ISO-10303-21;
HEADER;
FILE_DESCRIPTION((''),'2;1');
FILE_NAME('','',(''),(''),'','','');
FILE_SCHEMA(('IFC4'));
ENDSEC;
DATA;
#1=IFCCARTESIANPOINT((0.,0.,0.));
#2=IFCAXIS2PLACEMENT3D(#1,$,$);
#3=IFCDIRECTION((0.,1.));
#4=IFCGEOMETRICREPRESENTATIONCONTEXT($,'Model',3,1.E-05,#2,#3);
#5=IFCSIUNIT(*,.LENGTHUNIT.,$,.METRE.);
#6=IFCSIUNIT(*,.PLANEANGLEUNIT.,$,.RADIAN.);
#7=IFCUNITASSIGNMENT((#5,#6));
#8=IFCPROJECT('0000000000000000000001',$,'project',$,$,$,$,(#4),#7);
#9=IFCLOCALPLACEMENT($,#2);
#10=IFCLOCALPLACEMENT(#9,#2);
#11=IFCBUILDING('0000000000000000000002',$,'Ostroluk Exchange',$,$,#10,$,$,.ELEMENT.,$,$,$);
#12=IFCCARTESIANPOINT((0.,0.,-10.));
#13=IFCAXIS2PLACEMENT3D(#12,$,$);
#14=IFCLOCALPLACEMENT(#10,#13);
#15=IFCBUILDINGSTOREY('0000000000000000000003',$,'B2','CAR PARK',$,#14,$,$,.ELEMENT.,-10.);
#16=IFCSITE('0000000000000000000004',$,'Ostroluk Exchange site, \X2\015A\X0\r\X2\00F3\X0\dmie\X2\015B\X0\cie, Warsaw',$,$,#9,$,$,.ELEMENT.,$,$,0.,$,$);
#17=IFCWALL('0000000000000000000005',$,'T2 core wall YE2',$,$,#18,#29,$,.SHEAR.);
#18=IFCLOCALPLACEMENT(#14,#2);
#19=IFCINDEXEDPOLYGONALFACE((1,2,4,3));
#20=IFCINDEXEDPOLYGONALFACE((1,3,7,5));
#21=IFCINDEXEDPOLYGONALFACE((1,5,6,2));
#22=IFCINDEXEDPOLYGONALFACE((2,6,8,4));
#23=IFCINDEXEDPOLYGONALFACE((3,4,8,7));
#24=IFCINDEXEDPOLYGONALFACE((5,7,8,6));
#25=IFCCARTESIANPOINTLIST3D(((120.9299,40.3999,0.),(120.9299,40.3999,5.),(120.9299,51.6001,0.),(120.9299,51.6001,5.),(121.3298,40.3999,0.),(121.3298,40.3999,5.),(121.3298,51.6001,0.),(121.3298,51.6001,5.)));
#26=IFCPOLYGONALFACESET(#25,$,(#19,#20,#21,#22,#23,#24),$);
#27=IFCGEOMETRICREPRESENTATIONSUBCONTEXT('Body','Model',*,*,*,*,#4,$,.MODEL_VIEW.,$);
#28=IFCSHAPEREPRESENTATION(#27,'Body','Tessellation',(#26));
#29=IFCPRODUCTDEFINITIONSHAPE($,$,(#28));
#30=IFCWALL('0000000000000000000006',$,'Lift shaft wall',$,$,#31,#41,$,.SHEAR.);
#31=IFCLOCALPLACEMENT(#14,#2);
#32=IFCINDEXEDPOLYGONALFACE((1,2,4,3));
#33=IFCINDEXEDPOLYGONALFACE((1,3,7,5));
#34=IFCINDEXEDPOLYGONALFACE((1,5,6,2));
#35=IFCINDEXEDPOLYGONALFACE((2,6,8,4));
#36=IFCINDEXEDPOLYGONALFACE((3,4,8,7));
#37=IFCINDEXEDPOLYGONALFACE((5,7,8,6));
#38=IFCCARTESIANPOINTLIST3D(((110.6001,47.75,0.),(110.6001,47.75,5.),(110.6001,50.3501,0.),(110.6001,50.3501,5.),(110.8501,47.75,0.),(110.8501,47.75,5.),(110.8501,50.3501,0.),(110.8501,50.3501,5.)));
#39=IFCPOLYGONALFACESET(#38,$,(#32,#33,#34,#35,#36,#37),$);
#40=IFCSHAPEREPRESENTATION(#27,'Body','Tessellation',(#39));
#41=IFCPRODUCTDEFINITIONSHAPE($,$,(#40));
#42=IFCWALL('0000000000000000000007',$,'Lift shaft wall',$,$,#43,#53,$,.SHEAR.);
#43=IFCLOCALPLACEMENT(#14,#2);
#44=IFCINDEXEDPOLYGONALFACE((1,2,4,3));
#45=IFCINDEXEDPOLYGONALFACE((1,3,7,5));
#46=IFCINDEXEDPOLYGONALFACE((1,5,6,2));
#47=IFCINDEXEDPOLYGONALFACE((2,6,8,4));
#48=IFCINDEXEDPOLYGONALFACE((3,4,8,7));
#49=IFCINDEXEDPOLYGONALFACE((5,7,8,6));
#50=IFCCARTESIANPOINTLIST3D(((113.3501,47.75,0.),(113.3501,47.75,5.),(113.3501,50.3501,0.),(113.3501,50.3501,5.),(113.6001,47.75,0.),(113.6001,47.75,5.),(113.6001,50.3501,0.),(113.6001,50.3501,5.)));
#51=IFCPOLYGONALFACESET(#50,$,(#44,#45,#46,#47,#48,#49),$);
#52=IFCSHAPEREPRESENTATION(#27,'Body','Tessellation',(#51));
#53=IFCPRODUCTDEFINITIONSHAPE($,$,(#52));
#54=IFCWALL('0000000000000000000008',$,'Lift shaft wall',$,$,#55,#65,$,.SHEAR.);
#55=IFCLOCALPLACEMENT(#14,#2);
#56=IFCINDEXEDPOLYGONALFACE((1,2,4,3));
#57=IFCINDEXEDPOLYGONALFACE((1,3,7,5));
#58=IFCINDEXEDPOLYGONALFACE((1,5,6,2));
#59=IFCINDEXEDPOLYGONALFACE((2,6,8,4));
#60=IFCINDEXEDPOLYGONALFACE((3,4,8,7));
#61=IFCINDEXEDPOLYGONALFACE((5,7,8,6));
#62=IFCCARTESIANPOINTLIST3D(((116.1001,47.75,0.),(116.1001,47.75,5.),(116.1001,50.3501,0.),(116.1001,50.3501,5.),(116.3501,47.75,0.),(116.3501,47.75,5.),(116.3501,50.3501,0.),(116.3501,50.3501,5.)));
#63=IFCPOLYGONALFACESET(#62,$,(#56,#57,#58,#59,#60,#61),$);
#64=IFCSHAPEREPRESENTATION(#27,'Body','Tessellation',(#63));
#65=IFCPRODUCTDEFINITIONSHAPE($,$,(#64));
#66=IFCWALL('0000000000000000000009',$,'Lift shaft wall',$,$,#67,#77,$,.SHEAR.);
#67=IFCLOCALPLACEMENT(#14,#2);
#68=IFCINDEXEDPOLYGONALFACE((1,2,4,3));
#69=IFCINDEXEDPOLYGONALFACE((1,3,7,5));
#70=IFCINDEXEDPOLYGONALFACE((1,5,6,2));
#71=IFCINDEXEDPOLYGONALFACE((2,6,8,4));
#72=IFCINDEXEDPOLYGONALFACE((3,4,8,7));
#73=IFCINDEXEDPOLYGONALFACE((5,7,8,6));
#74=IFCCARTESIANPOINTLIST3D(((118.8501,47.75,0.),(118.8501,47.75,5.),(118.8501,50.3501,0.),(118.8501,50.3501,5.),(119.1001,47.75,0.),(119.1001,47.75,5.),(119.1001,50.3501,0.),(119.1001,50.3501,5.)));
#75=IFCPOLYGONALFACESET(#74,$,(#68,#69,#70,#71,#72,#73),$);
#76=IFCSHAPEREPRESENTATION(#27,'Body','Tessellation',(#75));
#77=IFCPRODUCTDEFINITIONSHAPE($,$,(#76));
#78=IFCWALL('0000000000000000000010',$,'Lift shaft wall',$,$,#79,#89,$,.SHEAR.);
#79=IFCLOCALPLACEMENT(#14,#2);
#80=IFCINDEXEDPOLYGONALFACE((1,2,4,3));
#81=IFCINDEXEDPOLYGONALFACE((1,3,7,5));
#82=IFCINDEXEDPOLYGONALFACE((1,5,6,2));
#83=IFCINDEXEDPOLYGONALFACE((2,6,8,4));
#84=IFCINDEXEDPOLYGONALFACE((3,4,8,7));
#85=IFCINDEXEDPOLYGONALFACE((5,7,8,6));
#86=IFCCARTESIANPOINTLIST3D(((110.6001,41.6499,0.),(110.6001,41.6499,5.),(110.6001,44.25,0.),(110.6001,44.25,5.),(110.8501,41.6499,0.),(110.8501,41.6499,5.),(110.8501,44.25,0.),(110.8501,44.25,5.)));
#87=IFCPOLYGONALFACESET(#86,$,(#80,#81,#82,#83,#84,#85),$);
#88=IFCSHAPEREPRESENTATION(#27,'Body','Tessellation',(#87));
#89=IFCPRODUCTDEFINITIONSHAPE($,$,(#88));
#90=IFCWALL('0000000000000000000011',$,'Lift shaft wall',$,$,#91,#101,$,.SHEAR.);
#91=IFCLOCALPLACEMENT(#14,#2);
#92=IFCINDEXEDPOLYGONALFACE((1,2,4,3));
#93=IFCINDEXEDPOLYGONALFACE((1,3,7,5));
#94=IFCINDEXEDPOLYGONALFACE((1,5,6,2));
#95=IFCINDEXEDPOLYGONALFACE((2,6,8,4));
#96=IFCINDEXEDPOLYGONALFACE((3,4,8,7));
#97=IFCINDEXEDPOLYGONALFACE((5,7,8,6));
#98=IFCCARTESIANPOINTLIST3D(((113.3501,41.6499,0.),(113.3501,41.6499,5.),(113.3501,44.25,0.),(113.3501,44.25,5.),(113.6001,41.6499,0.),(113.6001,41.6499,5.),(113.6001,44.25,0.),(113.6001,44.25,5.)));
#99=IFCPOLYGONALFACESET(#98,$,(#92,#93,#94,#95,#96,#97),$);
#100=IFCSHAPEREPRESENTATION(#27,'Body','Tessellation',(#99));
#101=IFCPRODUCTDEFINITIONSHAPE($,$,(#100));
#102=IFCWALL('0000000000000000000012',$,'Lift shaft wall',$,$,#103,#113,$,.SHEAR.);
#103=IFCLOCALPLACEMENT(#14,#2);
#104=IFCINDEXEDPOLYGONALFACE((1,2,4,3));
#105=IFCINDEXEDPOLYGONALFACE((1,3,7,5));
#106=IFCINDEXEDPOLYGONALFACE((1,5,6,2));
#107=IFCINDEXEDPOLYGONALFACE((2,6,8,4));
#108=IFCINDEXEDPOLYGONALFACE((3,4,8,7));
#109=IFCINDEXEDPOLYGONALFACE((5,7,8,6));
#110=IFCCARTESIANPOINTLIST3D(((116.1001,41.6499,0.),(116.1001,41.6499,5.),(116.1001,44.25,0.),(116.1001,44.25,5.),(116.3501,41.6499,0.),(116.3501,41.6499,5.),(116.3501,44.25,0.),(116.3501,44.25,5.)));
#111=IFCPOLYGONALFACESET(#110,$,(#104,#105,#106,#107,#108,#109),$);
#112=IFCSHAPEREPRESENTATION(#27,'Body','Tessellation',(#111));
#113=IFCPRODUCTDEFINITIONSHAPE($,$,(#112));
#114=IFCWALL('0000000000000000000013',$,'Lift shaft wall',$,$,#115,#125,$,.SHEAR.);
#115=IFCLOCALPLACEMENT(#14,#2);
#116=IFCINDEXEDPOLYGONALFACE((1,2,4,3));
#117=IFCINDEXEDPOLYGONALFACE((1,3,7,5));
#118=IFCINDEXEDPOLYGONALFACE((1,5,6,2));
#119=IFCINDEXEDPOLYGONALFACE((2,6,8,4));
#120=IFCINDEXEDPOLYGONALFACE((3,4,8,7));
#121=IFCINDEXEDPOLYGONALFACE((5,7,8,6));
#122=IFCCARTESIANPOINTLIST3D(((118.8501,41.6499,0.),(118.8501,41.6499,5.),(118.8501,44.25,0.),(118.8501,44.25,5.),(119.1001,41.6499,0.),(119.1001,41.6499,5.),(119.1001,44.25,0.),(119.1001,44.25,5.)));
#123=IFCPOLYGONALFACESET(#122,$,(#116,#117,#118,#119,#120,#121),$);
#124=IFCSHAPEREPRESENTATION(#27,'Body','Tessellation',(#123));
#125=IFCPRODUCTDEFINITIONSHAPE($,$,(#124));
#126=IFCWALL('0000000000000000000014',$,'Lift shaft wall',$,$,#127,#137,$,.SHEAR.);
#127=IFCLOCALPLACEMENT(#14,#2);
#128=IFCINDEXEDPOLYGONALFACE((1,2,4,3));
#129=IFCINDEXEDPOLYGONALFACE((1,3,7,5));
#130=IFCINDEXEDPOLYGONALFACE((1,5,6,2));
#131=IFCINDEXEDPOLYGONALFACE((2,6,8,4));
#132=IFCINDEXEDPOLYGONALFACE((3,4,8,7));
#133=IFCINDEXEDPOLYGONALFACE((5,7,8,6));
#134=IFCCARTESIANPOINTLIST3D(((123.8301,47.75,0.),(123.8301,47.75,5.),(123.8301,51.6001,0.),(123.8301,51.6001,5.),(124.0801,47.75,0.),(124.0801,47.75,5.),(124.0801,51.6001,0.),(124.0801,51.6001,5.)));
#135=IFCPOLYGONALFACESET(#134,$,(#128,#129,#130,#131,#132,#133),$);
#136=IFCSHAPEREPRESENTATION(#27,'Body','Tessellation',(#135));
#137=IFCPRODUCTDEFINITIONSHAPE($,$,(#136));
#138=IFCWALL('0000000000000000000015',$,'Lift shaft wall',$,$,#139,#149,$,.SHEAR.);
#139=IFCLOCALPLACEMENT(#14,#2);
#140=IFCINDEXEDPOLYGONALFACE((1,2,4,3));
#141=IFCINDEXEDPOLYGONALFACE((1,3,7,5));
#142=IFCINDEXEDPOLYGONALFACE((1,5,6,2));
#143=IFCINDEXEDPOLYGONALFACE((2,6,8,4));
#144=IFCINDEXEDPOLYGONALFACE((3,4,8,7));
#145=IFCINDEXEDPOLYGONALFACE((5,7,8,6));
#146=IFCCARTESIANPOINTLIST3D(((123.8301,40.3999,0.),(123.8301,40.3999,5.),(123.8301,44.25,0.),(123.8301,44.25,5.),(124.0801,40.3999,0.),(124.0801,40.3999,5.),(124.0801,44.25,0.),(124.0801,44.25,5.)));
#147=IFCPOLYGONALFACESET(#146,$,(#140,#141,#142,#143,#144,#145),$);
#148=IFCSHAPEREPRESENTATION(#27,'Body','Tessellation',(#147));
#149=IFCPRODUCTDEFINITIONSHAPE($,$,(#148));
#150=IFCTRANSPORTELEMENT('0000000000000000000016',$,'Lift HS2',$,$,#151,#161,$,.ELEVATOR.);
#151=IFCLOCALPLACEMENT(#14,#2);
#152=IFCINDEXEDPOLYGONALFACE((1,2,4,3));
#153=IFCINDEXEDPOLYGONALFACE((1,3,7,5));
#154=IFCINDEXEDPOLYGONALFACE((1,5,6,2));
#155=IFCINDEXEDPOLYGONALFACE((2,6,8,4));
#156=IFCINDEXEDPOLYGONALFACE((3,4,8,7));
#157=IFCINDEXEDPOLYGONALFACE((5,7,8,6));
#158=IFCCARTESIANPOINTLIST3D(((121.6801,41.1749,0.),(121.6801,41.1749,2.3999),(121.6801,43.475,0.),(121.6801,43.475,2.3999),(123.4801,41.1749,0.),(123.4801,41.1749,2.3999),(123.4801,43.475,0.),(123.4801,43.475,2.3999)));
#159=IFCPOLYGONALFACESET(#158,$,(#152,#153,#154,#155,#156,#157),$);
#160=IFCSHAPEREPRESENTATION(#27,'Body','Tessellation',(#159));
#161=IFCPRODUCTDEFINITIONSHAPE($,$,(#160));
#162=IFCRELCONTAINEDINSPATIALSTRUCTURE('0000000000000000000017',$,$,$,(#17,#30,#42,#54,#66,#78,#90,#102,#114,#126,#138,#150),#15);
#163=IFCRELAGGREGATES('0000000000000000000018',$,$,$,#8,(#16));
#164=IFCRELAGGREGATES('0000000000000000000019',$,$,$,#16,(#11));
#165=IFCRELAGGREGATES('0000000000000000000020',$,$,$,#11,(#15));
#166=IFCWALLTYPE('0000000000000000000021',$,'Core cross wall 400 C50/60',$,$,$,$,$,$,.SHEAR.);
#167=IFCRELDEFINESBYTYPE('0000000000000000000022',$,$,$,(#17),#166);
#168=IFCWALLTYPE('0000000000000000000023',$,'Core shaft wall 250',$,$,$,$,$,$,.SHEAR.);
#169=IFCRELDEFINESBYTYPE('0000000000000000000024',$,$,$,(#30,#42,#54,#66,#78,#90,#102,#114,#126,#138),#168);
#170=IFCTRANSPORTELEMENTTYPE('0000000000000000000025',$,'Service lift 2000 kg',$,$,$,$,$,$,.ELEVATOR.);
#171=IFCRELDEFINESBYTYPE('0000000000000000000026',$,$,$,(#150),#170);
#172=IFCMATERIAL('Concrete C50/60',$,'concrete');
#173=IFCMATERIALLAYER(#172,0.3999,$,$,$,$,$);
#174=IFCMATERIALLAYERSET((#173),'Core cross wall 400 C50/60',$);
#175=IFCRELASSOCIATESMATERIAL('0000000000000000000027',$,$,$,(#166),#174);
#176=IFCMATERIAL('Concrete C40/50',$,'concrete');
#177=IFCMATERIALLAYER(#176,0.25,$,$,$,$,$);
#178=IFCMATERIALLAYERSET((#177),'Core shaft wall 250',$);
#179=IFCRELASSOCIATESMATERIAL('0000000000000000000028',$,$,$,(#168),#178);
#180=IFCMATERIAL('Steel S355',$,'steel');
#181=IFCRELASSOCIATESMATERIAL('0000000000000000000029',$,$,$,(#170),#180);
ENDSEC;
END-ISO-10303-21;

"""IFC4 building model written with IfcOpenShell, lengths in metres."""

from ifc_helpers import new_model, si_unit, direction, frame, frame_2d, origin, origin_2d, place, context, subcontext, project, spatial, rectangle, extrude, material, layer, layer_set, type_object, element, save


model = new_model("IFC4")

# Units and contexts
model_context = context("Model", 3, precision=1e-05, world=origin(), true_north=direction((0.0, 1.0)))
body_context = subcontext(model_context, "Body", "Model", "MODEL_VIEW")
ifc_project = project(units=[si_unit("LENGTHUNIT", "METRE"), si_unit("PLANEANGLEUNIT", "RADIAN")], contexts=[model_context])

# Site, building, storey
site_placement = place(None, origin())
site = spatial("IfcSite", under=ifc_project, at=site_placement, Name="Ostroluk Exchange site, Śródmieście, Warsaw", CompositionType="ELEMENT", RefElevation=0.0)
building_placement = place(site_placement, origin())
building = spatial("IfcBuilding", under=site, at=building_placement, Name="Ostroluk Exchange", CompositionType="ELEMENT")
storey_placement = place(building_placement, frame((0.0, 0.0, -10.0)))
storey = spatial("IfcBuildingStorey", under=building, at=storey_placement, Name="B2", Description="CAR PARK", CompositionType="ELEMENT", Elevation=-10.0)

# Walls
ifc_material_1 = material(Name="Concrete C50/60", Category="concrete")
ifc_layer_1 = layer(ifc_material_1, 0.3999)
ifc_layer_set_1 = layer_set([ifc_layer_1], Name="Core cross wall 400 C50/60")
wall_type_1 = type_object("IfcWallType", Name="Core cross wall 400 C50/60", PredefinedType="SHEAR", material=ifc_layer_set_1)
wall_1_placement = place(storey_placement, frame((121.1299, 40.3999, 0.0), z_axis=(0.0, 0.0, 1.0), x_axis=(0.0, 1.0, 0.0)))
element("IfcWall", 1, at=wall_1_placement, inside=storey, type_object=wall_type_1, Name="T2 core wall YE2", PredefinedType="SHEAR", context=body_context, shape_type="SweptSolid", body=[
    extrude(rectangle(XDim=11.2002, YDim=0.3999, at=frame_2d((5.6001, 0.0))), origin(), (0.0, 0.0, 1.0), 5.0),
])
ifc_material_2 = material(Name="Concrete C40/50", Category="concrete")
ifc_layer_2 = layer(ifc_material_2, 0.25)
ifc_layer_set_2 = layer_set([ifc_layer_2], Name="Core shaft wall 250")
wall_type_2 = type_object("IfcWallType", Name="Core shaft wall 250", PredefinedType="SHEAR", material=ifc_layer_set_2)
for number, where, z_axis, x_axis, name in (
    (2, (110.7251, 47.75, 0.0), (0.0, 0.0, 1.0), (0.0, 1.0, 0.0), "Lift shaft wall"),
    (3, (113.4751, 47.75, 0.0), (0.0, 0.0, 1.0), (0.0, 1.0, 0.0), "Lift shaft wall"),
    (4, (116.2251, 47.75, 0.0), (0.0, 0.0, 1.0), (0.0, 1.0, 0.0), "Lift shaft wall"),
    (5, (118.9751, 47.75, 0.0), (0.0, 0.0, 1.0), (0.0, 1.0, 0.0), "Lift shaft wall"),
    (6, (110.7251, 44.25, 0.0), (0.0, 0.0, 1.0), (0.0, -1.0, 0.0), "Lift shaft wall"),
    (7, (113.4751, 44.25, 0.0), (0.0, 0.0, 1.0), (0.0, -1.0, 0.0), "Lift shaft wall"),
    (8, (116.2251, 44.25, 0.0), (0.0, 0.0, 1.0), (0.0, -1.0, 0.0), "Lift shaft wall"),
    (9, (118.9751, 44.25, 0.0), (0.0, 0.0, 1.0), (0.0, -1.0, 0.0), "Lift shaft wall"),
):
    element("IfcWall", number, at=place(storey_placement, frame(where, z_axis=z_axis, x_axis=x_axis)), inside=storey, type_object=wall_type_2, Name=name, PredefinedType="SHEAR", context=body_context, shape_type="SweptSolid", body=[
        extrude(rectangle(XDim=2.6001, YDim=0.25, at=frame_2d((1.3, 0.0))), origin(), (0.0, 0.0, 1.0), 5.0),
    ])
wall_2_placement = place(storey_placement, frame((123.9551, 47.75, 0.0), z_axis=(0.0, 0.0, 1.0), x_axis=(0.0, 1.0, 0.0)))
element("IfcWall", 10, at=wall_2_placement, inside=storey, type_object=wall_type_2, Name="Lift shaft wall", PredefinedType="SHEAR", context=body_context, shape_type="SweptSolid", body=[
    extrude(rectangle(XDim=3.8501, YDim=0.25, at=frame_2d((1.925, 0.0))), origin(), (0.0, 0.0, 1.0), 5.0),
])

# Wall
wall_3_placement = place(storey_placement, frame((123.9551, 44.25, 0.0), z_axis=(0.0, 0.0, 1.0), x_axis=(0.0, -1.0, 0.0)))
element("IfcWall", 11, at=wall_3_placement, inside=storey, type_object=wall_type_2, Name="Lift shaft wall", PredefinedType="SHEAR", context=body_context, shape_type="SweptSolid", body=[
    extrude(rectangle(XDim=3.8501, YDim=0.25, at=frame_2d((1.925, 0.0))), origin(), (0.0, 0.0, 1.0), 5.0),
])

# Transport element
ifc_material_3 = material(Name="Steel S355", Category="steel")
transport_element_type = type_object("IfcTransportElementType", Name="Service lift 2000 kg", PredefinedType="ELEVATOR", material=ifc_material_3)
transport_element_placement = place(storey_placement, frame((122.5801, 42.325, 0.0), z_axis=(0.0, 0.0, 1.0), x_axis=(1.0, 0.0, 0.0)))
element("IfcTransportElement", 12, at=transport_element_placement, inside=storey, type_object=transport_element_type, Name="Lift HS2", PredefinedType="ELEVATOR", context=body_context, shape_type="SweptSolid", body=[
    extrude(rectangle(XDim=1.8, YDim=2.3, at=origin_2d()), origin(), (0.0, 0.0, 1.0), 2.3999),
])

save(model, "model.ifc")
